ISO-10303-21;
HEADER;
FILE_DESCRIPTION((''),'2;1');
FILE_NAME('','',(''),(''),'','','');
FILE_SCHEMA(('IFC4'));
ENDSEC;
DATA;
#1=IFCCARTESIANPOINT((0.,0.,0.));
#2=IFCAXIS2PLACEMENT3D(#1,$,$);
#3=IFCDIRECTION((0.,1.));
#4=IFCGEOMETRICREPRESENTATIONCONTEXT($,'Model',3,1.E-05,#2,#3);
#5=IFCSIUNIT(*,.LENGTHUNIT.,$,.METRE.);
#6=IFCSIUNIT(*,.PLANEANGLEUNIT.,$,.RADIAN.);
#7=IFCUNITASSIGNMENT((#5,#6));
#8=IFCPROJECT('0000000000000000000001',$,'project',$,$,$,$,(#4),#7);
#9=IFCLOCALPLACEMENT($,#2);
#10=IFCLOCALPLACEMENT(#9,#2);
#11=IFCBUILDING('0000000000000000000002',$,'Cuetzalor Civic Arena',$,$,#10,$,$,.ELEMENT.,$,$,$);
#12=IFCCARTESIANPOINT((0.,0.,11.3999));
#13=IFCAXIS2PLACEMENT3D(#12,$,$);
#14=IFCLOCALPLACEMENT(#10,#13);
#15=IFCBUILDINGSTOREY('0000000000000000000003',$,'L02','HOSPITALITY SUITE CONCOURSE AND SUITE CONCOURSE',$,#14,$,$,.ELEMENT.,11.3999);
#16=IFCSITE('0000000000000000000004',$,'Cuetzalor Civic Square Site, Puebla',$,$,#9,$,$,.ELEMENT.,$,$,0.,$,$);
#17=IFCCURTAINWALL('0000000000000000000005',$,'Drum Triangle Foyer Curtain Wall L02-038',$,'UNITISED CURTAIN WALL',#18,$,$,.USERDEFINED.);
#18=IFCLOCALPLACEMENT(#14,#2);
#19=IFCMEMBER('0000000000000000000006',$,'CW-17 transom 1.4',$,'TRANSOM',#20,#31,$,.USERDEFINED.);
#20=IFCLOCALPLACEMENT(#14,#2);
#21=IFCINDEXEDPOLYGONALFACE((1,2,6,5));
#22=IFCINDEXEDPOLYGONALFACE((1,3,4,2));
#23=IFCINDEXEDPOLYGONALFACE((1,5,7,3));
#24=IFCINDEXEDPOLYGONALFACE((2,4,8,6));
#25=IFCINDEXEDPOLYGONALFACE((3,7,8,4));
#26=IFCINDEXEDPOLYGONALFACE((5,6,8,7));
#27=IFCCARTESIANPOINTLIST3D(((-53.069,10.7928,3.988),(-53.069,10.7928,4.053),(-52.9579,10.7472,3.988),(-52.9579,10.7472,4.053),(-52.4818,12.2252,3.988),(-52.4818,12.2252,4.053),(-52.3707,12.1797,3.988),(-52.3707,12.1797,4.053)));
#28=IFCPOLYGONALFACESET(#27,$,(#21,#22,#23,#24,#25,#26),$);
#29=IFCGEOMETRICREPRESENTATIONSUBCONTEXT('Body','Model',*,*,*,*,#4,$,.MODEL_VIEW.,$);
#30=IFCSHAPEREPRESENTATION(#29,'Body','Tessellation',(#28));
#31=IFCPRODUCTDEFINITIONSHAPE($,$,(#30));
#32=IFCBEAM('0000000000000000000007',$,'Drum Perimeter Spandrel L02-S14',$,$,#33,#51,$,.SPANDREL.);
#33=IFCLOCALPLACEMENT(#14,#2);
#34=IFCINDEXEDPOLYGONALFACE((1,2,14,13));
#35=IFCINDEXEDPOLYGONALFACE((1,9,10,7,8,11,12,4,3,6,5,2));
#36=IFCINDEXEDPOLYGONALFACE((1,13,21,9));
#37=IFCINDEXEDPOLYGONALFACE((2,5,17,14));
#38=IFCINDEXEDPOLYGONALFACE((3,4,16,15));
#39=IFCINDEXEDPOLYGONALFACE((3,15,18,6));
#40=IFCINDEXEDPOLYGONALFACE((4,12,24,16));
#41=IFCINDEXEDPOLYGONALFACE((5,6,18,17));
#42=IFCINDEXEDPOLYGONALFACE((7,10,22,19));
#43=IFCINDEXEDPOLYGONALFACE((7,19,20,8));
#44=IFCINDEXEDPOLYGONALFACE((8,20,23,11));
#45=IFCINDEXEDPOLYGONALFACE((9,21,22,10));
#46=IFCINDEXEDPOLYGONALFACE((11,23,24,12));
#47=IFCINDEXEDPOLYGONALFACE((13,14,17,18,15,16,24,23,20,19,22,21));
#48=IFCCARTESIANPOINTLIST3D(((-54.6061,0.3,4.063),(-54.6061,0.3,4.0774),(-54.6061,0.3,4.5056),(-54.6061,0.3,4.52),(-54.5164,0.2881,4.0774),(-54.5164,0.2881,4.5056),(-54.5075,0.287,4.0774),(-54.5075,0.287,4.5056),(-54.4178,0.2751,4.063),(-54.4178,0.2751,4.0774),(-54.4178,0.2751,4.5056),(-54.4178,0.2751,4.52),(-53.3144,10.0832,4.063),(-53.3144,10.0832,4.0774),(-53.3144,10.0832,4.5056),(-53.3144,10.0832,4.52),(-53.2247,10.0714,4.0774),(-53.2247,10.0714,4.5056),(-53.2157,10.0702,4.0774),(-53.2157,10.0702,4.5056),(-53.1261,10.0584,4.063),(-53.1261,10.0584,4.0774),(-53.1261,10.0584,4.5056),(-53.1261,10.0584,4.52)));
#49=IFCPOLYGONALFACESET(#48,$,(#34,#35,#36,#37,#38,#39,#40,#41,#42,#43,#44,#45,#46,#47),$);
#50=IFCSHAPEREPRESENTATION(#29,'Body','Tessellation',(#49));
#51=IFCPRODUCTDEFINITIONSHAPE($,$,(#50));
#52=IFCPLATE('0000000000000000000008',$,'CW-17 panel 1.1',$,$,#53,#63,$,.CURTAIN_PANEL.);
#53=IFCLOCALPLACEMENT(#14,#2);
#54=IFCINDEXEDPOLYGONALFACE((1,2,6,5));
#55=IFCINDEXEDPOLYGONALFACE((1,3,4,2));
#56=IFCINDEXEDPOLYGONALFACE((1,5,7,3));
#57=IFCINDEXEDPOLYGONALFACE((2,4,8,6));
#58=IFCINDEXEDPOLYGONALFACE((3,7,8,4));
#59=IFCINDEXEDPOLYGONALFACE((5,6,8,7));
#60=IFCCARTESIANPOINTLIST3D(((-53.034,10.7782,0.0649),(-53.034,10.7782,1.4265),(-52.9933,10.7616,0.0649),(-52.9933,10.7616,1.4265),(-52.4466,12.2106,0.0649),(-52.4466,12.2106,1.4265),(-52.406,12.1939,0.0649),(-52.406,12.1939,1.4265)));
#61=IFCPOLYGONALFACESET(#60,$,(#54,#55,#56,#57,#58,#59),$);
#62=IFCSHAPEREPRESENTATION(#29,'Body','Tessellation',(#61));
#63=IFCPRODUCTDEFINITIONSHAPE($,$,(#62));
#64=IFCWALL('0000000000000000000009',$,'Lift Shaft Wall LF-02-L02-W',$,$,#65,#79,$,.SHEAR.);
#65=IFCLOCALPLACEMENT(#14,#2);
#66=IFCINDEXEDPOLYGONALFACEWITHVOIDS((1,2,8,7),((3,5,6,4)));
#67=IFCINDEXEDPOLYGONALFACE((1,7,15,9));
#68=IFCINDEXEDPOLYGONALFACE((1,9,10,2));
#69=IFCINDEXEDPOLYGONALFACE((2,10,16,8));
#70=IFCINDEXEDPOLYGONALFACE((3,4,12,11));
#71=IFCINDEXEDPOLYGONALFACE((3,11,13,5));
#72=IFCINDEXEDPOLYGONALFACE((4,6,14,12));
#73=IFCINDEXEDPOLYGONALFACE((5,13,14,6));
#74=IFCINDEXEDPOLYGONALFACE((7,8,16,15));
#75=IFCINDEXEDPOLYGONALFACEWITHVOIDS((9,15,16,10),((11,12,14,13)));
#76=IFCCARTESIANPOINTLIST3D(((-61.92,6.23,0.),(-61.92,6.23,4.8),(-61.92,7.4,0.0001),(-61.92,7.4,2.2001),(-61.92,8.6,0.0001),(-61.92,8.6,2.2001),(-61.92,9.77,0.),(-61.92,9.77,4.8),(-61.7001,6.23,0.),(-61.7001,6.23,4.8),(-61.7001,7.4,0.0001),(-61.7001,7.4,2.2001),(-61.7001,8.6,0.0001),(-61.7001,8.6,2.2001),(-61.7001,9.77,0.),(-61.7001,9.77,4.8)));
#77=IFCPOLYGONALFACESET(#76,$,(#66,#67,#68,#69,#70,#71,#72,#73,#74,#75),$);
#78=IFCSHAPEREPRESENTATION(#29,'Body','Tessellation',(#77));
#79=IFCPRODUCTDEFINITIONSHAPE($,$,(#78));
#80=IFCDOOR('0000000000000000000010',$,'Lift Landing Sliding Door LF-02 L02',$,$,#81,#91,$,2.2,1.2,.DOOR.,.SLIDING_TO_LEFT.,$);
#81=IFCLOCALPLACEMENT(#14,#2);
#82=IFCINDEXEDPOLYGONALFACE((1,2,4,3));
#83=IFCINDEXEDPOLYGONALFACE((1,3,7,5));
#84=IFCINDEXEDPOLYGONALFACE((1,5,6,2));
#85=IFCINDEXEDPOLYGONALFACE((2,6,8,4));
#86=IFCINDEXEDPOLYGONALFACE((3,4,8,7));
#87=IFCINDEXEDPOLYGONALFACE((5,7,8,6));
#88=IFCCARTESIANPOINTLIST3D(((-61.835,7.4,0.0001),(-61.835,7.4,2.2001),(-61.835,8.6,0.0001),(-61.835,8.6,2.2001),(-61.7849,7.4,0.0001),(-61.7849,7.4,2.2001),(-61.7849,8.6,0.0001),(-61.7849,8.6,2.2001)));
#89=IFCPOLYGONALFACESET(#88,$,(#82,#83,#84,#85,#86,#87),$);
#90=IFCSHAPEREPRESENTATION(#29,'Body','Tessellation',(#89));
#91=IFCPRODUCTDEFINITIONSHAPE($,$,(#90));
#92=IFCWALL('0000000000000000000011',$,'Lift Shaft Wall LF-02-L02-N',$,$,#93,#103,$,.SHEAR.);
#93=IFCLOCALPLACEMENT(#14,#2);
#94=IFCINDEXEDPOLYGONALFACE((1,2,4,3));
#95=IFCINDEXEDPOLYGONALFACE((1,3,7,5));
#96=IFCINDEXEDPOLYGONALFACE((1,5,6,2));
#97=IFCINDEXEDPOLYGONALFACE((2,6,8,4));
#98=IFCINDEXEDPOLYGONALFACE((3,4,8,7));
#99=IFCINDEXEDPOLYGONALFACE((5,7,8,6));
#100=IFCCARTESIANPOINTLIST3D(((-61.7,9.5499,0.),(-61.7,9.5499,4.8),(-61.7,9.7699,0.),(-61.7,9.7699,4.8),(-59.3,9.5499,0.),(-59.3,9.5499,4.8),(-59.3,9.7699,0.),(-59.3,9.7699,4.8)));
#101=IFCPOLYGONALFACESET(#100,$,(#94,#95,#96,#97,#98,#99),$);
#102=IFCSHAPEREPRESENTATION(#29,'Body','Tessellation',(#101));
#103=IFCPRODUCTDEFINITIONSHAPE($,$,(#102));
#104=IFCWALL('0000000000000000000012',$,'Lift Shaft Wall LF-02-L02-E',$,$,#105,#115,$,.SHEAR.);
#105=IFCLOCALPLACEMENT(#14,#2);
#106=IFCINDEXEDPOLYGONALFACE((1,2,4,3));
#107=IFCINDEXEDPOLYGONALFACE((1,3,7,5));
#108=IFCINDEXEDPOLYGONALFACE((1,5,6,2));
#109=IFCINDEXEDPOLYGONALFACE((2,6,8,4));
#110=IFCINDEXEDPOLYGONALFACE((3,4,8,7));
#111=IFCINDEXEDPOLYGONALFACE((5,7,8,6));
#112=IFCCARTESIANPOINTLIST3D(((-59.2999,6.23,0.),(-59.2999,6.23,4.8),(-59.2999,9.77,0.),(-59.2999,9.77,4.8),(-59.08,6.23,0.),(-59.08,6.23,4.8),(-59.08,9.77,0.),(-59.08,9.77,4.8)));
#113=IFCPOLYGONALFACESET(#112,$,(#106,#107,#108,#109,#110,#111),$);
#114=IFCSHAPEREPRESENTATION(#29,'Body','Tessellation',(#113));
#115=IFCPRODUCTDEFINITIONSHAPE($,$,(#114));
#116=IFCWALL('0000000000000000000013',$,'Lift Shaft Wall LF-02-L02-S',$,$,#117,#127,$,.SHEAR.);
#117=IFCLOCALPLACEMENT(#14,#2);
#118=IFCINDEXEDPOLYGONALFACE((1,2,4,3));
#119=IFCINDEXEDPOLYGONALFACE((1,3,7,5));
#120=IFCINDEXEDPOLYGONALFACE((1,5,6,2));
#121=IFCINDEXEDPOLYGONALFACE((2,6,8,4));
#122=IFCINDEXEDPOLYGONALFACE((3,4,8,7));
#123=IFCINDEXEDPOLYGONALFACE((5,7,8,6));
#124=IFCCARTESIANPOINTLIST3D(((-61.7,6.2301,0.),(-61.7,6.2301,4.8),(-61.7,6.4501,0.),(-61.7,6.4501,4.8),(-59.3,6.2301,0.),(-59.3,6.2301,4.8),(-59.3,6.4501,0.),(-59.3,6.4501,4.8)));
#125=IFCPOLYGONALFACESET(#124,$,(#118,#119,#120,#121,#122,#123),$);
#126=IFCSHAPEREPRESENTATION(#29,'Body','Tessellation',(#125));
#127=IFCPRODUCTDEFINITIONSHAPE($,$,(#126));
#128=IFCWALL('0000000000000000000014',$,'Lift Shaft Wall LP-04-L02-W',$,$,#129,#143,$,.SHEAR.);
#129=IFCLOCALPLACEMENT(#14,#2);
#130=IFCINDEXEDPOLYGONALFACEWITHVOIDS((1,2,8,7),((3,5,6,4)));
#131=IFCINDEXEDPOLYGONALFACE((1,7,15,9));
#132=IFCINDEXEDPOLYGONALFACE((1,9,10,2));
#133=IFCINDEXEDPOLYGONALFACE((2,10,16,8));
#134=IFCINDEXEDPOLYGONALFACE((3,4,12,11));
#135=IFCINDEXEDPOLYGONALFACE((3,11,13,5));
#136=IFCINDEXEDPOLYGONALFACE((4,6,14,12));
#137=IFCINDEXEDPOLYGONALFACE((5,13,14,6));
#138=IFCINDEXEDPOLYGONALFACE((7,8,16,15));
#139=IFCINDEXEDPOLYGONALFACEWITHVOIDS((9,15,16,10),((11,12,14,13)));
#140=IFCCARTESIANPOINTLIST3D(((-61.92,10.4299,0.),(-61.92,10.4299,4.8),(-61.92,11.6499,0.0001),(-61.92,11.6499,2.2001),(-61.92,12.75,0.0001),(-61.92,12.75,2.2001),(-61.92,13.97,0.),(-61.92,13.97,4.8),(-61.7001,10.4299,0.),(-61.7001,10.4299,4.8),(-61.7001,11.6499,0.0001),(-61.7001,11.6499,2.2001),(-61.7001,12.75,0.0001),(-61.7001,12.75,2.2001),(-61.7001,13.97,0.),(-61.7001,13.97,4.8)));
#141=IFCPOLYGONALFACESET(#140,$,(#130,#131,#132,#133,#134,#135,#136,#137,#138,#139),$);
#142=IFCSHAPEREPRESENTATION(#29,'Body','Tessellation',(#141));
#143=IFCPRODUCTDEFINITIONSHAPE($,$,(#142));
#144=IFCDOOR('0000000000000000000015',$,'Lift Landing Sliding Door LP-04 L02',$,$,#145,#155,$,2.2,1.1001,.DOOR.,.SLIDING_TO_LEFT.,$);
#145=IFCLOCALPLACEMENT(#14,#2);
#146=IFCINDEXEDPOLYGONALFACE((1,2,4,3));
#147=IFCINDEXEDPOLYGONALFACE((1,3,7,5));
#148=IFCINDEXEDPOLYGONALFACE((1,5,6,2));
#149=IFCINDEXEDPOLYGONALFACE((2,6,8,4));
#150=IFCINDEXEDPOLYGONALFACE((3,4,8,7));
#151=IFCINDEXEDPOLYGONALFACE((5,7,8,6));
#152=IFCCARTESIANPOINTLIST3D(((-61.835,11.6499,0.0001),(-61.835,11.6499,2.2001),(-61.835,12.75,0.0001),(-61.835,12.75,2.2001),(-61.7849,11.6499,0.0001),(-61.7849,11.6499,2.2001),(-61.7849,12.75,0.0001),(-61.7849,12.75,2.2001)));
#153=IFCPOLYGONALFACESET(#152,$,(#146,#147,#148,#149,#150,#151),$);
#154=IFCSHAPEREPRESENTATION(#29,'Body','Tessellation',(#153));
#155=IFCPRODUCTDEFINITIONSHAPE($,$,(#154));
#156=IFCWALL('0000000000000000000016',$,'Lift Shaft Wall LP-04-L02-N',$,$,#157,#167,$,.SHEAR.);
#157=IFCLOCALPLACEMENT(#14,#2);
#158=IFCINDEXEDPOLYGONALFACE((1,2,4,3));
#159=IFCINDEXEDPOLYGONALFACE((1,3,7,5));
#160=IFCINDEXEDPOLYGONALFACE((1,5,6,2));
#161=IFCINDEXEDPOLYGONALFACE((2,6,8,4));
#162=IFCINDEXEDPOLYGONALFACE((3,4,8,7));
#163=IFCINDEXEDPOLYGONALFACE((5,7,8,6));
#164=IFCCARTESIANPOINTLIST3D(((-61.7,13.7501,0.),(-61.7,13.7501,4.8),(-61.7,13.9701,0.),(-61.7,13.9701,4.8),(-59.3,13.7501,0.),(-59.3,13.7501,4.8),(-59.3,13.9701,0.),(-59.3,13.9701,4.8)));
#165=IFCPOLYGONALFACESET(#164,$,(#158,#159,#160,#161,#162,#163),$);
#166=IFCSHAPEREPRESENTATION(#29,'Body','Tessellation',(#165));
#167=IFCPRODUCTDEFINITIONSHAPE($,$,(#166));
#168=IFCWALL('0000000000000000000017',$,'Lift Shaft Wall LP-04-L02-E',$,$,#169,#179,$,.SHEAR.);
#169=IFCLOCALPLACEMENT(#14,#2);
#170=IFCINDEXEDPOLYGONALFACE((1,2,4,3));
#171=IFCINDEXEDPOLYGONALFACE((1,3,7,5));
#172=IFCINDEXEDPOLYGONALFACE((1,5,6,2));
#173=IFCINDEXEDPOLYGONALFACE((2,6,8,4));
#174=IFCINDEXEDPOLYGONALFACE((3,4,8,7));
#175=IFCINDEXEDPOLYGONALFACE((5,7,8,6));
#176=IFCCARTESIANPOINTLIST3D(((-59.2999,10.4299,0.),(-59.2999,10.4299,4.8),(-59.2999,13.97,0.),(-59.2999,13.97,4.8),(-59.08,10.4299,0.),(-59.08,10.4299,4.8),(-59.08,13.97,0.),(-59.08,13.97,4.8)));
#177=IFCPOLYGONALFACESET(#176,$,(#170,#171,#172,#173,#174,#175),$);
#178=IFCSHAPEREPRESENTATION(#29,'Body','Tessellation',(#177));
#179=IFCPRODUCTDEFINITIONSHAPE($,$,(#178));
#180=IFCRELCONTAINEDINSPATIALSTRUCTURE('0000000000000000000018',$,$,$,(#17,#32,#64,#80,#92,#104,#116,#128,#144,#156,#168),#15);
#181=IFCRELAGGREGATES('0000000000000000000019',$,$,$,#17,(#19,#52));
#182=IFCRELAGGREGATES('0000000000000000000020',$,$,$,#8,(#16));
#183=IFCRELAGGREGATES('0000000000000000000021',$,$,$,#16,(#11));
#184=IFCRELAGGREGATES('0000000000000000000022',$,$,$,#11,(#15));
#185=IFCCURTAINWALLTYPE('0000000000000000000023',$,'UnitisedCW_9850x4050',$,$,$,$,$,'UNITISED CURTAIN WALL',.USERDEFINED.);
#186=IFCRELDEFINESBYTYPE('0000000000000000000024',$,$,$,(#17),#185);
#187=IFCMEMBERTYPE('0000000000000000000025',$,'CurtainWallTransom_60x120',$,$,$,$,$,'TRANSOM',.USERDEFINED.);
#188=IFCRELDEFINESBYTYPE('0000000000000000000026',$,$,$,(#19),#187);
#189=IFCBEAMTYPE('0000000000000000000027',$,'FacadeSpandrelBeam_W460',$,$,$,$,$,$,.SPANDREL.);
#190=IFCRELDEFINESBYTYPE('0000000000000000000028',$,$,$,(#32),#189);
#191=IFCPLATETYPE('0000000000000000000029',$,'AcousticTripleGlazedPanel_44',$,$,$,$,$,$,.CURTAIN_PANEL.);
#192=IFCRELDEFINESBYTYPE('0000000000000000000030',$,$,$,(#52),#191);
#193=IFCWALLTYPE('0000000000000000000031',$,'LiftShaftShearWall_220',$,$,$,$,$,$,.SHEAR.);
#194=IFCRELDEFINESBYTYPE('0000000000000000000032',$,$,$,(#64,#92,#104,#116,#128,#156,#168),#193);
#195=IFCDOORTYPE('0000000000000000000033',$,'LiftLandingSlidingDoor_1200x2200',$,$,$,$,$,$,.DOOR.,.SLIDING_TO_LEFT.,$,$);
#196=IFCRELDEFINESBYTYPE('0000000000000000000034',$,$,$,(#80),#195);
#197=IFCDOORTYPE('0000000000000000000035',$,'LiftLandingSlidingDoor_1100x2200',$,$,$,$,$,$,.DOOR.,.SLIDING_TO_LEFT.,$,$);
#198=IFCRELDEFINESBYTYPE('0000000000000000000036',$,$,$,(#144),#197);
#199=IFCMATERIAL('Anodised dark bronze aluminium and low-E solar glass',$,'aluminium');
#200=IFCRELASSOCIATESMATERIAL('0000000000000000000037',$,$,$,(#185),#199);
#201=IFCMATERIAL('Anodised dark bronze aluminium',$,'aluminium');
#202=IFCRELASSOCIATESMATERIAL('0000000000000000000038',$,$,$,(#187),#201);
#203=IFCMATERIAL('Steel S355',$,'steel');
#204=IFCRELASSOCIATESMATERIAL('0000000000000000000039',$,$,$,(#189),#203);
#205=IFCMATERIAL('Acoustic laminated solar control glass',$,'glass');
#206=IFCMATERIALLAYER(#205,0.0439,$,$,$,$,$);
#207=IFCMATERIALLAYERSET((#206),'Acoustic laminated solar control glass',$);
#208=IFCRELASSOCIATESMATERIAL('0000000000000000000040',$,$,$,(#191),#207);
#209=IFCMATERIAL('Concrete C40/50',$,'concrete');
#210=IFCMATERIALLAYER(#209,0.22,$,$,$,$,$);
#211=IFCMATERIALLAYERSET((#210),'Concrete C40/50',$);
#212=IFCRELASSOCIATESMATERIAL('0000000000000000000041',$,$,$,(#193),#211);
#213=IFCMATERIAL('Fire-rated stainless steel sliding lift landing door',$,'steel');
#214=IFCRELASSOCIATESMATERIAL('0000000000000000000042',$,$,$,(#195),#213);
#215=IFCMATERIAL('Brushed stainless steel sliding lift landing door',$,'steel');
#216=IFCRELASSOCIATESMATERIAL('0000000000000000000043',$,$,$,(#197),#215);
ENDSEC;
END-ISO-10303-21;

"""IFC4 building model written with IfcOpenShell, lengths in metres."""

from ifc_helpers import new_model, si_unit, direction, frame, frame_2d, origin, origin_2d, place, context, subcontext, project, spatial, rectangle, i_section, extrude, material, layer, layer_set, material_profile, profile_set, type_object, element, fill, aggregate, save


model = new_model("IFC4")

# Units and contexts
model_context = context("Model", 3, precision=1e-05, world=origin(), true_north=direction((0.0, 1.0)))
body_context = subcontext(model_context, "Body", "Model", "MODEL_VIEW")
ifc_project = project(units=[si_unit("LENGTHUNIT", "METRE"), si_unit("PLANEANGLEUNIT", "RADIAN")], contexts=[model_context])

# Site, building, storey
site_placement = place(None, origin())
site = spatial("IfcSite", under=ifc_project, at=site_placement, Name="Cuetzalor Civic Square Site, Puebla", CompositionType="ELEMENT", RefElevation=0.0)
building_placement = place(site_placement, origin())
building = spatial("IfcBuilding", under=site, at=building_placement, Name="Cuetzalor Civic Arena", CompositionType="ELEMENT")
storey_placement = place(building_placement, frame((0.0, 0.0, 11.3999)))
storey = spatial("IfcBuildingStorey", under=building, at=storey_placement, Name="L02", Description="HOSPITALITY SUITE CONCOURSE AND SUITE CONCOURSE", CompositionType="ELEMENT", Elevation=11.3999)

# Curtain wall, member
ifc_material_1 = material(Name="Anodised dark bronze aluminium and low-E solar glass", Category="aluminium")
curtain_wall_type = type_object("IfcCurtainWallType", Name="UnitisedCW_9850x4050", ElementType="UNITISED CURTAIN WALL", PredefinedType="USERDEFINED", material=ifc_material_1)
curtain_wall_placement = place(storey_placement, origin())
curtain_wall = element("IfcCurtainWall", 1, at=curtain_wall_placement, inside=storey, type_object=curtain_wall_type, Name="Drum Triangle Foyer Curtain Wall L02-038", ObjectType="UNITISED CURTAIN WALL", PredefinedType="USERDEFINED")
ifc_material_2 = material(Name="Anodised dark bronze aluminium", Category="aluminium")
ifc_material_profile_1 = material_profile(ifc_material_2, rectangle(XDim=0.1201, YDim=0.0649, at=origin_2d()), Name="ALU TRANSOM 65x120")
ifc_profile_set_1 = profile_set([ifc_material_profile_1], Name="Anodised dark bronze aluminium")
member_type_1 = type_object("IfcMemberType", Name="CurtainWallTransom_60x120", ElementType="TRANSOM", PredefinedType="USERDEFINED", material=ifc_profile_set_1)
member_1_placement = place(storey_placement, frame((-53.0134, 10.77, 4.0205), z_axis=(0.37929, 0.925278, 0.0), x_axis=(-0.925278, 0.37929, 0.0)))
member_1 = element("IfcMember", 2, at=member_1_placement, type_object=member_type_1, Name="CW-17 transom 1.4", ObjectType="TRANSOM", PredefinedType="USERDEFINED", context=body_context, shape_type="SweptSolid", body=[
    extrude(rectangle(XDim=0.1201, YDim=0.0649, at=origin_2d()), origin(), (0.0, 0.0, 1.0), 1.5481),
])

# Beam
ifc_material_3 = material(Name="Steel S355", Category="steel")
ifc_material_profile_2 = material_profile(ifc_material_3, i_section(OverallWidth=0.1899, OverallDepth=0.457, WebThickness=0.009, FlangeThickness=0.0144, at=origin_2d()), Name="W460x74")
ifc_profile_set_2 = profile_set([ifc_material_profile_2], Name="Steel S355")
beam_type_1 = type_object("IfcBeamType", Name="FacadeSpandrelBeam_W460", PredefinedType="SPANDREL", material=ifc_profile_set_2)
beam_1_placement = place(storey_placement, frame((-53.2202, 10.0708, 4.2915), z_axis=(-0.130901, -0.991395, 0.0), x_axis=(0.991395, -0.130901, 0.0)))
element("IfcBeam", 3, at=beam_1_placement, inside=storey, type_object=beam_type_1, Name="Drum Perimeter Spandrel L02-S14", PredefinedType="SPANDREL", context=body_context, shape_type="SweptSolid", body=[
    extrude(i_section(OverallWidth=0.1899, OverallDepth=0.457, WebThickness=0.009, FlangeThickness=0.0144, at=origin_2d()), origin(), (0.0, 0.0, 1.0), 9.8682),
])

# Plate
ifc_material_4 = material(Name="Acoustic laminated solar control glass", Category="glass")
ifc_layer_1 = layer(ifc_material_4, 0.0439)
ifc_layer_set_1 = layer_set([ifc_layer_1], Name="Acoustic laminated solar control glass")
plate_type = type_object("IfcPlateType", Name="AcousticTripleGlazedPanel_44", PredefinedType="CURTAIN_PANEL", material=ifc_layer_set_1)
plate_placement = place(storey_placement, frame((-52.72, 11.4861, 0.0649), z_axis=(0.0, 0.0, 1.0), x_axis=(0.379391, 0.925236, 0.0)))
plate = element("IfcPlate", 4, at=plate_placement, type_object=plate_type, Name="CW-17 panel 1.1", PredefinedType="CURTAIN_PANEL", context=body_context, shape_type="SweptSolid", body=[
    extrude(rectangle(XDim=1.5481, YDim=0.0439, at=origin_2d()), origin(), (0.0, 0.0, 1.0), 1.3616),
])
aggregate(curtain_wall, [member_1, plate])

# Wall, opening, door
ifc_material_5 = material(Name="Concrete C40/50", Category="concrete")
ifc_layer_2 = layer(ifc_material_5, 0.22)
ifc_layer_set_2 = layer_set([ifc_layer_2], Name="Concrete C40/50")
wall_type = type_object("IfcWallType", Name="LiftShaftShearWall_220", PredefinedType="SHEAR", material=ifc_layer_set_2)
wall_1_placement = place(storey_placement, frame((-61.8101, 6.23, 0.0), z_axis=(0.0, 0.0, 1.0), x_axis=(0.0, 1.0, 0.0)))
wall_1 = element("IfcWall", 5, at=wall_1_placement, inside=storey, type_object=wall_type, Name="Lift Shaft Wall LF-02-L02-W", PredefinedType="SHEAR", context=body_context, shape_type="SweptSolid", body=[
    extrude(rectangle(XDim=3.54, YDim=0.22, at=frame_2d((1.77, 0.0))), origin(), (0.0, 0.0, 1.0), 4.8),
])
opening_1_placement = place(wall_1_placement, frame((1.1699, 0.0, 0.0)))
opening_1 = element("IfcOpeningElement", 6, at=opening_1_placement, cuts=wall_1, PredefinedType="OPENING", context=body_context, shape_type="SweptSolid", body=[
    extrude(rectangle(XDim=1.2, YDim=2.2, at=frame_2d((0.6001, 1.1001))), frame((0.0, 0.1201, 0.0), z_axis=(0.0, -1.0, 0.0), x_axis=(1.0, 0.0, 0.0)), (0.0, 0.0, 1.0), 0.24),
])
ifc_material_6 = material(Name="Fire-rated stainless steel sliding lift landing door", Category="steel")
door_type_1 = type_object("IfcDoorType", Name="LiftLandingSlidingDoor_1200x2200", OperationType="SLIDING_TO_LEFT", PredefinedType="DOOR", material=ifc_material_6)
door_1_placement = place(opening_1_placement, origin())
door_1 = element("IfcDoor", 7, at=door_1_placement, inside=storey, type_object=door_type_1, Name="Lift Landing Sliding Door LF-02 L02", OperationType="SLIDING_TO_LEFT", OverallHeight=2.2, OverallWidth=1.2, PredefinedType="DOOR", context=body_context, shape_type="SweptSolid", body=[
    extrude(rectangle(XDim=1.2, YDim=2.2, at=frame_2d((0.6001, 1.1001))), frame((0.0, 0.0249, 0.0), z_axis=(0.0, -1.0, 0.0), x_axis=(1.0, 0.0, 0.0)), (0.0, 0.0, 1.0), 0.05),
])
fill(opening_1, door_1)

# Walls
wall_2_placement = place(storey_placement, frame((-61.7, 9.6599, 0.0), z_axis=(0.0, 0.0, 1.0), x_axis=(1.0, 0.0, 0.0)))
element("IfcWall", 8, at=wall_2_placement, inside=storey, type_object=wall_type, Name="Lift Shaft Wall LF-02-L02-N", PredefinedType="SHEAR", context=body_context, shape_type="SweptSolid", body=[
    extrude(rectangle(XDim=2.3999, YDim=0.22, at=frame_2d((1.2, 0.0))), origin(), (0.0, 0.0, 1.0), 4.8),
])
wall_3_placement = place(storey_placement, frame((-59.1899, 9.77, 0.0), z_axis=(0.0, 0.0, 1.0), x_axis=(0.0, -1.0, 0.0)))
element("IfcWall", 9, at=wall_3_placement, inside=storey, type_object=wall_type, Name="Lift Shaft Wall LF-02-L02-E", PredefinedType="SHEAR", context=body_context, shape_type="SweptSolid", body=[
    extrude(rectangle(XDim=3.54, YDim=0.22, at=frame_2d((1.77, 0.0))), origin(), (0.0, 0.0, 1.0), 4.8),
])
wall_4_placement = place(storey_placement, frame((-59.3, 6.3401, 0.0), z_axis=(0.0, 0.0, 1.0), x_axis=(-1.0, 0.0, 0.0)))
element("IfcWall", 10, at=wall_4_placement, inside=storey, type_object=wall_type, Name="Lift Shaft Wall LF-02-L02-S", PredefinedType="SHEAR", context=body_context, shape_type="SweptSolid", body=[
    extrude(rectangle(XDim=2.3999, YDim=0.22, at=frame_2d((1.2, 0.0))), origin(), (0.0, 0.0, 1.0), 4.8),
])

# Wall, opening, door
wall_5_placement = place(storey_placement, frame((-61.8101, 10.4299, 0.0), z_axis=(0.0, 0.0, 1.0), x_axis=(0.0, 1.0, 0.0)))
wall_5 = element("IfcWall", 11, at=wall_5_placement, inside=storey, type_object=wall_type, Name="Lift Shaft Wall LP-04-L02-W", PredefinedType="SHEAR", context=body_context, shape_type="SweptSolid", body=[
    extrude(rectangle(XDim=3.54, YDim=0.22, at=frame_2d((1.77, 0.0))), origin(), (0.0, 0.0, 1.0), 4.8),
])
opening_2_placement = place(wall_5_placement, frame((1.22, 0.0, 0.0)))
opening_2 = element("IfcOpeningElement", 12, at=opening_2_placement, cuts=wall_5, PredefinedType="OPENING", context=body_context, shape_type="SweptSolid", body=[
    extrude(rectangle(XDim=1.1001, YDim=2.2, at=frame_2d((0.55, 1.1001))), frame((0.0, 0.1201, 0.0), z_axis=(0.0, -1.0, 0.0), x_axis=(1.0, 0.0, 0.0)), (0.0, 0.0, 1.0), 0.24),
])
ifc_material_7 = material(Name="Brushed stainless steel sliding lift landing door", Category="steel")
door_type_2 = type_object("IfcDoorType", Name="LiftLandingSlidingDoor_1100x2200", OperationType="SLIDING_TO_LEFT", PredefinedType="DOOR", material=ifc_material_7)
door_2_placement = place(opening_2_placement, origin())
door_2 = element("IfcDoor", 13, at=door_2_placement, inside=storey, type_object=door_type_2, Name="Lift Landing Sliding Door LP-04 L02", OperationType="SLIDING_TO_LEFT", OverallHeight=2.2, OverallWidth=1.1001, PredefinedType="DOOR", context=body_context, shape_type="SweptSolid", body=[
    extrude(rectangle(XDim=1.1001, YDim=2.2, at=frame_2d((0.55, 1.1001))), frame((0.0, 0.0249, 0.0), z_axis=(0.0, -1.0, 0.0), x_axis=(1.0, 0.0, 0.0)), (0.0, 0.0, 1.0), 0.05),
])
fill(opening_2, door_2)

# Walls
wall_6_placement = place(storey_placement, frame((-61.7, 13.8601, 0.0), z_axis=(0.0, 0.0, 1.0), x_axis=(1.0, 0.0, 0.0)))
element("IfcWall", 14, at=wall_6_placement, inside=storey, type_object=wall_type, Name="Lift Shaft Wall LP-04-L02-N", PredefinedType="SHEAR", context=body_context, shape_type="SweptSolid", body=[
    extrude(rectangle(XDim=2.3999, YDim=0.22, at=frame_2d((1.2, 0.0))), origin(), (0.0, 0.0, 1.0), 4.8),
])
wall_7_placement = place(storey_placement, frame((-59.1899, 13.97, 0.0), z_axis=(0.0, 0.0, 1.0), x_axis=(0.0, -1.0, 0.0)))
element("IfcWall", 15, at=wall_7_placement, inside=storey, type_object=wall_type, Name="Lift Shaft Wall LP-04-L02-E", PredefinedType="SHEAR", context=body_context, shape_type="SweptSolid", body=[
    extrude(rectangle(XDim=3.54, YDim=0.22, at=frame_2d((1.77, 0.0))), origin(), (0.0, 0.0, 1.0), 4.8),
])

save(model, "model.ifc")
